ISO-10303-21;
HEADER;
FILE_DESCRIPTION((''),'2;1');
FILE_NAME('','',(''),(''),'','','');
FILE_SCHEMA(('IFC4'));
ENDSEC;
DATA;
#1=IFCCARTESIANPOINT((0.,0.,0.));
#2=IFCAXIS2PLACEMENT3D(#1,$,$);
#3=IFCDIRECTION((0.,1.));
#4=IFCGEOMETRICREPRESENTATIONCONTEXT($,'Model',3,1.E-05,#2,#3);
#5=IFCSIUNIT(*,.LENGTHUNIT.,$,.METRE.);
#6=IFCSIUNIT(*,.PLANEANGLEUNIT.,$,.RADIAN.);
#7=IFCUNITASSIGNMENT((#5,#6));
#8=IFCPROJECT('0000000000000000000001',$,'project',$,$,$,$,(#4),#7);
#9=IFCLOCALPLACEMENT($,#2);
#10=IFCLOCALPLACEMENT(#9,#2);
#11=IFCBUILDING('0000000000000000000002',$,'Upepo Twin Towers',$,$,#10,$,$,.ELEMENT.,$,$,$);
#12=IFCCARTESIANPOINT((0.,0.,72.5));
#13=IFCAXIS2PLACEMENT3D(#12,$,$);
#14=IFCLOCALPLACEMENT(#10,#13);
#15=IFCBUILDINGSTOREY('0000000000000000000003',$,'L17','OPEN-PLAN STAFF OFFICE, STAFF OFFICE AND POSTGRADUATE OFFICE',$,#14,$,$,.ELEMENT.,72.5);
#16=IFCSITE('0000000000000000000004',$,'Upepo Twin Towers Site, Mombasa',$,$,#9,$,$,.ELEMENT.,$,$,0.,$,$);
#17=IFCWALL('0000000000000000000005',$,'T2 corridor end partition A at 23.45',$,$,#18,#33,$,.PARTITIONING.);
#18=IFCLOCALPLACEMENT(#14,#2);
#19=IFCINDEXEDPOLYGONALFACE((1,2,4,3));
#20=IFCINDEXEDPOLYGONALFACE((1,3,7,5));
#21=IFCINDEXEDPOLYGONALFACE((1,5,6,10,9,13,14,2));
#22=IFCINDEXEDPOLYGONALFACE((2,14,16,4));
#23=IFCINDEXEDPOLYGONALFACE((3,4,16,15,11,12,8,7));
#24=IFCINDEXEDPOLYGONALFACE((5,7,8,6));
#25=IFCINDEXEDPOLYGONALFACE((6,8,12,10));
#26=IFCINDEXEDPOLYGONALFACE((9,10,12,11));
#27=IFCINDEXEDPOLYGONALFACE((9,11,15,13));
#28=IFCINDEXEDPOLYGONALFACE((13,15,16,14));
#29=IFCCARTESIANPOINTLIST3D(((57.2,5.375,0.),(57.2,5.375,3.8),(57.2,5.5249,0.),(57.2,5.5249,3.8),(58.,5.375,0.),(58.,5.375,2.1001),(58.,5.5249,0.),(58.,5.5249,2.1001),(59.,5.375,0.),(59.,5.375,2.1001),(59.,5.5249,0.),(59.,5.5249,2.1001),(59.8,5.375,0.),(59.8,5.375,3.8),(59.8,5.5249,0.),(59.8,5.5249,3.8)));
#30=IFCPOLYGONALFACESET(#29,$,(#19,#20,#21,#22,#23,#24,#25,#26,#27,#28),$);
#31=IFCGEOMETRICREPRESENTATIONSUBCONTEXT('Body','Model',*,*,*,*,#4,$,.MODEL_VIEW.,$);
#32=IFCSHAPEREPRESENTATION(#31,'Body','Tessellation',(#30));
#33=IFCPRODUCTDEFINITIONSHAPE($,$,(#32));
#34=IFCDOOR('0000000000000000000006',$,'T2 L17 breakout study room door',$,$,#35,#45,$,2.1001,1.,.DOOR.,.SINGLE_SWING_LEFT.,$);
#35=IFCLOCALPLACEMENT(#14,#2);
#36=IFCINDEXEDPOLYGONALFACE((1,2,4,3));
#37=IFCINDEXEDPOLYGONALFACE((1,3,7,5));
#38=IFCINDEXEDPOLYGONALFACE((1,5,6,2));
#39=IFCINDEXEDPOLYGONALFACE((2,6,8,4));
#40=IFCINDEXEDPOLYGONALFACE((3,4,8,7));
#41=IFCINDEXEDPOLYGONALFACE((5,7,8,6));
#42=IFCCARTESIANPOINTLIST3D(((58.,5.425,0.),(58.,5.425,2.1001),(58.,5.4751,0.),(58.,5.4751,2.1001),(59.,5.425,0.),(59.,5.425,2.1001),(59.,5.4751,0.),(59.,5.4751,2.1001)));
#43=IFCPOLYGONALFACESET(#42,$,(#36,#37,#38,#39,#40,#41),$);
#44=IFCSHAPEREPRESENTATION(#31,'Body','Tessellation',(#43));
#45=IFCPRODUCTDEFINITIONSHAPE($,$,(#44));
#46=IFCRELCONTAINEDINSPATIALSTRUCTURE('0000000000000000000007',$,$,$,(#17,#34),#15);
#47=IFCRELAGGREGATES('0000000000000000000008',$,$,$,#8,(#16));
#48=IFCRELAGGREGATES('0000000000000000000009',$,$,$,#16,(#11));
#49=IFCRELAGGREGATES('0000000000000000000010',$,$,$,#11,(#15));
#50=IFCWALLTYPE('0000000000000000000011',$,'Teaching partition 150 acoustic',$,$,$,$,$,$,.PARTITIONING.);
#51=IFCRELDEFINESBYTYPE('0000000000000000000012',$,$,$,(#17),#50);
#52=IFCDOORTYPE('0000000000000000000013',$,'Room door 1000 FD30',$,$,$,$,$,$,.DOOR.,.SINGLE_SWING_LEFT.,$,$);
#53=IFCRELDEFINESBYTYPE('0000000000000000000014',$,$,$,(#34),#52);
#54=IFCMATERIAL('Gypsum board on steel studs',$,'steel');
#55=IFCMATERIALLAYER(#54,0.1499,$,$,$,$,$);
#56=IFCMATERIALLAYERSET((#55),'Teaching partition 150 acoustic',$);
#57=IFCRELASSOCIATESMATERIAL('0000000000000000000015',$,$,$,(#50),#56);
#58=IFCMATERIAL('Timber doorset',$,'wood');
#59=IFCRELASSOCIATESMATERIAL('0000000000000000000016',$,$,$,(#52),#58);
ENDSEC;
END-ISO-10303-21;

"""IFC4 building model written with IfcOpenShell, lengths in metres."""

from ifc_helpers import new_model, si_unit, direction, frame, frame_2d, origin, place, context, subcontext, project, spatial, rectangle, extrude, material, layer, layer_set, type_object, element, fill, save


model = new_model("IFC4")

# Units and contexts
model_context = context("Model", 3, precision=1e-05, world=origin(), true_north=direction((0.0, 1.0)))
body_context = subcontext(model_context, "Body", "Model", "MODEL_VIEW")
ifc_project = project(units=[si_unit("LENGTHUNIT", "METRE"), si_unit("PLANEANGLEUNIT", "RADIAN")], contexts=[model_context])

# Site, building, storey
site_placement = place(None, origin())
site = spatial("IfcSite", under=ifc_project, at=site_placement, Name="Upepo Twin Towers Site, Mombasa", CompositionType="ELEMENT", RefElevation=0.0)
building_placement = place(site_placement, origin())
building = spatial("IfcBuilding", under=site, at=building_placement, Name="Upepo Twin Towers", CompositionType="ELEMENT")
storey_placement = place(building_placement, frame((0.0, 0.0, 72.5)))
storey = spatial("IfcBuildingStorey", under=building, at=storey_placement, Name="L17", Description="OPEN-PLAN STAFF OFFICE, STAFF OFFICE AND POSTGRADUATE OFFICE", CompositionType="ELEMENT", Elevation=72.5)

# Wall, opening, door
ifc_material_1 = material(Name="Gypsum board on steel studs", Category="steel")
ifc_layer_1 = layer(ifc_material_1, 0.1499)
ifc_layer_set_1 = layer_set([ifc_layer_1], Name="Teaching partition 150 acoustic")
wall_type_1 = type_object("IfcWallType", Name="Teaching partition 150 acoustic", PredefinedType="PARTITIONING", material=ifc_layer_set_1)
wall_1_placement = place(storey_placement, frame((59.8, 5.45, 0.0), z_axis=(0.0, 0.0, 1.0), x_axis=(-1.0, 0.0, 0.0)))
wall_1 = element("IfcWall", 1, at=wall_1_placement, inside=storey, type_object=wall_type_1, Name="T2 corridor end partition A at 23.45", PredefinedType="PARTITIONING", context=body_context, shape_type="SweptSolid", body=[
    extrude(rectangle(XDim=2.6001, YDim=0.1499, at=frame_2d((1.3, 0.0))), origin(), (0.0, 0.0, 1.0), 3.8),
])
opening_placement = place(wall_1_placement, frame((0.8, 0.0, 0.0)))
opening = element("IfcOpeningElement", 2, at=opening_placement, cuts=wall_1, PredefinedType="OPENING", context=body_context, shape_type="SweptSolid", body=[
    extrude(rectangle(XDim=1.0, YDim=2.1001, at=frame_2d((0.5, 1.05))), frame((0.0, 0.085, 0.0), z_axis=(0.0, -1.0, 0.0), x_axis=(1.0, 0.0, 0.0)), (0.0, 0.0, 1.0), 0.1699),
])
ifc_material_2 = material(Name="Timber doorset", Category="wood")
door_type = type_object("IfcDoorType", Name="Room door 1000 FD30", OperationType="SINGLE_SWING_LEFT", PredefinedType="DOOR", material=ifc_material_2)
door_placement = place(opening_placement, origin())
door = element("IfcDoor", 3, at=door_placement, inside=storey, type_object=door_type, Name="T2 L17 breakout study room door", OperationType="SINGLE_SWING_LEFT", OverallHeight=2.1001, OverallWidth=1.0, PredefinedType="DOOR", context=body_context, shape_type="SweptSolid", body=[
    extrude(rectangle(XDim=1.0, YDim=2.1001, at=frame_2d((0.5, 1.05))), frame((0.0, 0.0249, 0.0), z_axis=(0.0, -1.0, 0.0), x_axis=(1.0, 0.0, 0.0)), (0.0, 0.0, 1.0), 0.05),
])
fill(opening, door)

save(model, "model.ifc")
